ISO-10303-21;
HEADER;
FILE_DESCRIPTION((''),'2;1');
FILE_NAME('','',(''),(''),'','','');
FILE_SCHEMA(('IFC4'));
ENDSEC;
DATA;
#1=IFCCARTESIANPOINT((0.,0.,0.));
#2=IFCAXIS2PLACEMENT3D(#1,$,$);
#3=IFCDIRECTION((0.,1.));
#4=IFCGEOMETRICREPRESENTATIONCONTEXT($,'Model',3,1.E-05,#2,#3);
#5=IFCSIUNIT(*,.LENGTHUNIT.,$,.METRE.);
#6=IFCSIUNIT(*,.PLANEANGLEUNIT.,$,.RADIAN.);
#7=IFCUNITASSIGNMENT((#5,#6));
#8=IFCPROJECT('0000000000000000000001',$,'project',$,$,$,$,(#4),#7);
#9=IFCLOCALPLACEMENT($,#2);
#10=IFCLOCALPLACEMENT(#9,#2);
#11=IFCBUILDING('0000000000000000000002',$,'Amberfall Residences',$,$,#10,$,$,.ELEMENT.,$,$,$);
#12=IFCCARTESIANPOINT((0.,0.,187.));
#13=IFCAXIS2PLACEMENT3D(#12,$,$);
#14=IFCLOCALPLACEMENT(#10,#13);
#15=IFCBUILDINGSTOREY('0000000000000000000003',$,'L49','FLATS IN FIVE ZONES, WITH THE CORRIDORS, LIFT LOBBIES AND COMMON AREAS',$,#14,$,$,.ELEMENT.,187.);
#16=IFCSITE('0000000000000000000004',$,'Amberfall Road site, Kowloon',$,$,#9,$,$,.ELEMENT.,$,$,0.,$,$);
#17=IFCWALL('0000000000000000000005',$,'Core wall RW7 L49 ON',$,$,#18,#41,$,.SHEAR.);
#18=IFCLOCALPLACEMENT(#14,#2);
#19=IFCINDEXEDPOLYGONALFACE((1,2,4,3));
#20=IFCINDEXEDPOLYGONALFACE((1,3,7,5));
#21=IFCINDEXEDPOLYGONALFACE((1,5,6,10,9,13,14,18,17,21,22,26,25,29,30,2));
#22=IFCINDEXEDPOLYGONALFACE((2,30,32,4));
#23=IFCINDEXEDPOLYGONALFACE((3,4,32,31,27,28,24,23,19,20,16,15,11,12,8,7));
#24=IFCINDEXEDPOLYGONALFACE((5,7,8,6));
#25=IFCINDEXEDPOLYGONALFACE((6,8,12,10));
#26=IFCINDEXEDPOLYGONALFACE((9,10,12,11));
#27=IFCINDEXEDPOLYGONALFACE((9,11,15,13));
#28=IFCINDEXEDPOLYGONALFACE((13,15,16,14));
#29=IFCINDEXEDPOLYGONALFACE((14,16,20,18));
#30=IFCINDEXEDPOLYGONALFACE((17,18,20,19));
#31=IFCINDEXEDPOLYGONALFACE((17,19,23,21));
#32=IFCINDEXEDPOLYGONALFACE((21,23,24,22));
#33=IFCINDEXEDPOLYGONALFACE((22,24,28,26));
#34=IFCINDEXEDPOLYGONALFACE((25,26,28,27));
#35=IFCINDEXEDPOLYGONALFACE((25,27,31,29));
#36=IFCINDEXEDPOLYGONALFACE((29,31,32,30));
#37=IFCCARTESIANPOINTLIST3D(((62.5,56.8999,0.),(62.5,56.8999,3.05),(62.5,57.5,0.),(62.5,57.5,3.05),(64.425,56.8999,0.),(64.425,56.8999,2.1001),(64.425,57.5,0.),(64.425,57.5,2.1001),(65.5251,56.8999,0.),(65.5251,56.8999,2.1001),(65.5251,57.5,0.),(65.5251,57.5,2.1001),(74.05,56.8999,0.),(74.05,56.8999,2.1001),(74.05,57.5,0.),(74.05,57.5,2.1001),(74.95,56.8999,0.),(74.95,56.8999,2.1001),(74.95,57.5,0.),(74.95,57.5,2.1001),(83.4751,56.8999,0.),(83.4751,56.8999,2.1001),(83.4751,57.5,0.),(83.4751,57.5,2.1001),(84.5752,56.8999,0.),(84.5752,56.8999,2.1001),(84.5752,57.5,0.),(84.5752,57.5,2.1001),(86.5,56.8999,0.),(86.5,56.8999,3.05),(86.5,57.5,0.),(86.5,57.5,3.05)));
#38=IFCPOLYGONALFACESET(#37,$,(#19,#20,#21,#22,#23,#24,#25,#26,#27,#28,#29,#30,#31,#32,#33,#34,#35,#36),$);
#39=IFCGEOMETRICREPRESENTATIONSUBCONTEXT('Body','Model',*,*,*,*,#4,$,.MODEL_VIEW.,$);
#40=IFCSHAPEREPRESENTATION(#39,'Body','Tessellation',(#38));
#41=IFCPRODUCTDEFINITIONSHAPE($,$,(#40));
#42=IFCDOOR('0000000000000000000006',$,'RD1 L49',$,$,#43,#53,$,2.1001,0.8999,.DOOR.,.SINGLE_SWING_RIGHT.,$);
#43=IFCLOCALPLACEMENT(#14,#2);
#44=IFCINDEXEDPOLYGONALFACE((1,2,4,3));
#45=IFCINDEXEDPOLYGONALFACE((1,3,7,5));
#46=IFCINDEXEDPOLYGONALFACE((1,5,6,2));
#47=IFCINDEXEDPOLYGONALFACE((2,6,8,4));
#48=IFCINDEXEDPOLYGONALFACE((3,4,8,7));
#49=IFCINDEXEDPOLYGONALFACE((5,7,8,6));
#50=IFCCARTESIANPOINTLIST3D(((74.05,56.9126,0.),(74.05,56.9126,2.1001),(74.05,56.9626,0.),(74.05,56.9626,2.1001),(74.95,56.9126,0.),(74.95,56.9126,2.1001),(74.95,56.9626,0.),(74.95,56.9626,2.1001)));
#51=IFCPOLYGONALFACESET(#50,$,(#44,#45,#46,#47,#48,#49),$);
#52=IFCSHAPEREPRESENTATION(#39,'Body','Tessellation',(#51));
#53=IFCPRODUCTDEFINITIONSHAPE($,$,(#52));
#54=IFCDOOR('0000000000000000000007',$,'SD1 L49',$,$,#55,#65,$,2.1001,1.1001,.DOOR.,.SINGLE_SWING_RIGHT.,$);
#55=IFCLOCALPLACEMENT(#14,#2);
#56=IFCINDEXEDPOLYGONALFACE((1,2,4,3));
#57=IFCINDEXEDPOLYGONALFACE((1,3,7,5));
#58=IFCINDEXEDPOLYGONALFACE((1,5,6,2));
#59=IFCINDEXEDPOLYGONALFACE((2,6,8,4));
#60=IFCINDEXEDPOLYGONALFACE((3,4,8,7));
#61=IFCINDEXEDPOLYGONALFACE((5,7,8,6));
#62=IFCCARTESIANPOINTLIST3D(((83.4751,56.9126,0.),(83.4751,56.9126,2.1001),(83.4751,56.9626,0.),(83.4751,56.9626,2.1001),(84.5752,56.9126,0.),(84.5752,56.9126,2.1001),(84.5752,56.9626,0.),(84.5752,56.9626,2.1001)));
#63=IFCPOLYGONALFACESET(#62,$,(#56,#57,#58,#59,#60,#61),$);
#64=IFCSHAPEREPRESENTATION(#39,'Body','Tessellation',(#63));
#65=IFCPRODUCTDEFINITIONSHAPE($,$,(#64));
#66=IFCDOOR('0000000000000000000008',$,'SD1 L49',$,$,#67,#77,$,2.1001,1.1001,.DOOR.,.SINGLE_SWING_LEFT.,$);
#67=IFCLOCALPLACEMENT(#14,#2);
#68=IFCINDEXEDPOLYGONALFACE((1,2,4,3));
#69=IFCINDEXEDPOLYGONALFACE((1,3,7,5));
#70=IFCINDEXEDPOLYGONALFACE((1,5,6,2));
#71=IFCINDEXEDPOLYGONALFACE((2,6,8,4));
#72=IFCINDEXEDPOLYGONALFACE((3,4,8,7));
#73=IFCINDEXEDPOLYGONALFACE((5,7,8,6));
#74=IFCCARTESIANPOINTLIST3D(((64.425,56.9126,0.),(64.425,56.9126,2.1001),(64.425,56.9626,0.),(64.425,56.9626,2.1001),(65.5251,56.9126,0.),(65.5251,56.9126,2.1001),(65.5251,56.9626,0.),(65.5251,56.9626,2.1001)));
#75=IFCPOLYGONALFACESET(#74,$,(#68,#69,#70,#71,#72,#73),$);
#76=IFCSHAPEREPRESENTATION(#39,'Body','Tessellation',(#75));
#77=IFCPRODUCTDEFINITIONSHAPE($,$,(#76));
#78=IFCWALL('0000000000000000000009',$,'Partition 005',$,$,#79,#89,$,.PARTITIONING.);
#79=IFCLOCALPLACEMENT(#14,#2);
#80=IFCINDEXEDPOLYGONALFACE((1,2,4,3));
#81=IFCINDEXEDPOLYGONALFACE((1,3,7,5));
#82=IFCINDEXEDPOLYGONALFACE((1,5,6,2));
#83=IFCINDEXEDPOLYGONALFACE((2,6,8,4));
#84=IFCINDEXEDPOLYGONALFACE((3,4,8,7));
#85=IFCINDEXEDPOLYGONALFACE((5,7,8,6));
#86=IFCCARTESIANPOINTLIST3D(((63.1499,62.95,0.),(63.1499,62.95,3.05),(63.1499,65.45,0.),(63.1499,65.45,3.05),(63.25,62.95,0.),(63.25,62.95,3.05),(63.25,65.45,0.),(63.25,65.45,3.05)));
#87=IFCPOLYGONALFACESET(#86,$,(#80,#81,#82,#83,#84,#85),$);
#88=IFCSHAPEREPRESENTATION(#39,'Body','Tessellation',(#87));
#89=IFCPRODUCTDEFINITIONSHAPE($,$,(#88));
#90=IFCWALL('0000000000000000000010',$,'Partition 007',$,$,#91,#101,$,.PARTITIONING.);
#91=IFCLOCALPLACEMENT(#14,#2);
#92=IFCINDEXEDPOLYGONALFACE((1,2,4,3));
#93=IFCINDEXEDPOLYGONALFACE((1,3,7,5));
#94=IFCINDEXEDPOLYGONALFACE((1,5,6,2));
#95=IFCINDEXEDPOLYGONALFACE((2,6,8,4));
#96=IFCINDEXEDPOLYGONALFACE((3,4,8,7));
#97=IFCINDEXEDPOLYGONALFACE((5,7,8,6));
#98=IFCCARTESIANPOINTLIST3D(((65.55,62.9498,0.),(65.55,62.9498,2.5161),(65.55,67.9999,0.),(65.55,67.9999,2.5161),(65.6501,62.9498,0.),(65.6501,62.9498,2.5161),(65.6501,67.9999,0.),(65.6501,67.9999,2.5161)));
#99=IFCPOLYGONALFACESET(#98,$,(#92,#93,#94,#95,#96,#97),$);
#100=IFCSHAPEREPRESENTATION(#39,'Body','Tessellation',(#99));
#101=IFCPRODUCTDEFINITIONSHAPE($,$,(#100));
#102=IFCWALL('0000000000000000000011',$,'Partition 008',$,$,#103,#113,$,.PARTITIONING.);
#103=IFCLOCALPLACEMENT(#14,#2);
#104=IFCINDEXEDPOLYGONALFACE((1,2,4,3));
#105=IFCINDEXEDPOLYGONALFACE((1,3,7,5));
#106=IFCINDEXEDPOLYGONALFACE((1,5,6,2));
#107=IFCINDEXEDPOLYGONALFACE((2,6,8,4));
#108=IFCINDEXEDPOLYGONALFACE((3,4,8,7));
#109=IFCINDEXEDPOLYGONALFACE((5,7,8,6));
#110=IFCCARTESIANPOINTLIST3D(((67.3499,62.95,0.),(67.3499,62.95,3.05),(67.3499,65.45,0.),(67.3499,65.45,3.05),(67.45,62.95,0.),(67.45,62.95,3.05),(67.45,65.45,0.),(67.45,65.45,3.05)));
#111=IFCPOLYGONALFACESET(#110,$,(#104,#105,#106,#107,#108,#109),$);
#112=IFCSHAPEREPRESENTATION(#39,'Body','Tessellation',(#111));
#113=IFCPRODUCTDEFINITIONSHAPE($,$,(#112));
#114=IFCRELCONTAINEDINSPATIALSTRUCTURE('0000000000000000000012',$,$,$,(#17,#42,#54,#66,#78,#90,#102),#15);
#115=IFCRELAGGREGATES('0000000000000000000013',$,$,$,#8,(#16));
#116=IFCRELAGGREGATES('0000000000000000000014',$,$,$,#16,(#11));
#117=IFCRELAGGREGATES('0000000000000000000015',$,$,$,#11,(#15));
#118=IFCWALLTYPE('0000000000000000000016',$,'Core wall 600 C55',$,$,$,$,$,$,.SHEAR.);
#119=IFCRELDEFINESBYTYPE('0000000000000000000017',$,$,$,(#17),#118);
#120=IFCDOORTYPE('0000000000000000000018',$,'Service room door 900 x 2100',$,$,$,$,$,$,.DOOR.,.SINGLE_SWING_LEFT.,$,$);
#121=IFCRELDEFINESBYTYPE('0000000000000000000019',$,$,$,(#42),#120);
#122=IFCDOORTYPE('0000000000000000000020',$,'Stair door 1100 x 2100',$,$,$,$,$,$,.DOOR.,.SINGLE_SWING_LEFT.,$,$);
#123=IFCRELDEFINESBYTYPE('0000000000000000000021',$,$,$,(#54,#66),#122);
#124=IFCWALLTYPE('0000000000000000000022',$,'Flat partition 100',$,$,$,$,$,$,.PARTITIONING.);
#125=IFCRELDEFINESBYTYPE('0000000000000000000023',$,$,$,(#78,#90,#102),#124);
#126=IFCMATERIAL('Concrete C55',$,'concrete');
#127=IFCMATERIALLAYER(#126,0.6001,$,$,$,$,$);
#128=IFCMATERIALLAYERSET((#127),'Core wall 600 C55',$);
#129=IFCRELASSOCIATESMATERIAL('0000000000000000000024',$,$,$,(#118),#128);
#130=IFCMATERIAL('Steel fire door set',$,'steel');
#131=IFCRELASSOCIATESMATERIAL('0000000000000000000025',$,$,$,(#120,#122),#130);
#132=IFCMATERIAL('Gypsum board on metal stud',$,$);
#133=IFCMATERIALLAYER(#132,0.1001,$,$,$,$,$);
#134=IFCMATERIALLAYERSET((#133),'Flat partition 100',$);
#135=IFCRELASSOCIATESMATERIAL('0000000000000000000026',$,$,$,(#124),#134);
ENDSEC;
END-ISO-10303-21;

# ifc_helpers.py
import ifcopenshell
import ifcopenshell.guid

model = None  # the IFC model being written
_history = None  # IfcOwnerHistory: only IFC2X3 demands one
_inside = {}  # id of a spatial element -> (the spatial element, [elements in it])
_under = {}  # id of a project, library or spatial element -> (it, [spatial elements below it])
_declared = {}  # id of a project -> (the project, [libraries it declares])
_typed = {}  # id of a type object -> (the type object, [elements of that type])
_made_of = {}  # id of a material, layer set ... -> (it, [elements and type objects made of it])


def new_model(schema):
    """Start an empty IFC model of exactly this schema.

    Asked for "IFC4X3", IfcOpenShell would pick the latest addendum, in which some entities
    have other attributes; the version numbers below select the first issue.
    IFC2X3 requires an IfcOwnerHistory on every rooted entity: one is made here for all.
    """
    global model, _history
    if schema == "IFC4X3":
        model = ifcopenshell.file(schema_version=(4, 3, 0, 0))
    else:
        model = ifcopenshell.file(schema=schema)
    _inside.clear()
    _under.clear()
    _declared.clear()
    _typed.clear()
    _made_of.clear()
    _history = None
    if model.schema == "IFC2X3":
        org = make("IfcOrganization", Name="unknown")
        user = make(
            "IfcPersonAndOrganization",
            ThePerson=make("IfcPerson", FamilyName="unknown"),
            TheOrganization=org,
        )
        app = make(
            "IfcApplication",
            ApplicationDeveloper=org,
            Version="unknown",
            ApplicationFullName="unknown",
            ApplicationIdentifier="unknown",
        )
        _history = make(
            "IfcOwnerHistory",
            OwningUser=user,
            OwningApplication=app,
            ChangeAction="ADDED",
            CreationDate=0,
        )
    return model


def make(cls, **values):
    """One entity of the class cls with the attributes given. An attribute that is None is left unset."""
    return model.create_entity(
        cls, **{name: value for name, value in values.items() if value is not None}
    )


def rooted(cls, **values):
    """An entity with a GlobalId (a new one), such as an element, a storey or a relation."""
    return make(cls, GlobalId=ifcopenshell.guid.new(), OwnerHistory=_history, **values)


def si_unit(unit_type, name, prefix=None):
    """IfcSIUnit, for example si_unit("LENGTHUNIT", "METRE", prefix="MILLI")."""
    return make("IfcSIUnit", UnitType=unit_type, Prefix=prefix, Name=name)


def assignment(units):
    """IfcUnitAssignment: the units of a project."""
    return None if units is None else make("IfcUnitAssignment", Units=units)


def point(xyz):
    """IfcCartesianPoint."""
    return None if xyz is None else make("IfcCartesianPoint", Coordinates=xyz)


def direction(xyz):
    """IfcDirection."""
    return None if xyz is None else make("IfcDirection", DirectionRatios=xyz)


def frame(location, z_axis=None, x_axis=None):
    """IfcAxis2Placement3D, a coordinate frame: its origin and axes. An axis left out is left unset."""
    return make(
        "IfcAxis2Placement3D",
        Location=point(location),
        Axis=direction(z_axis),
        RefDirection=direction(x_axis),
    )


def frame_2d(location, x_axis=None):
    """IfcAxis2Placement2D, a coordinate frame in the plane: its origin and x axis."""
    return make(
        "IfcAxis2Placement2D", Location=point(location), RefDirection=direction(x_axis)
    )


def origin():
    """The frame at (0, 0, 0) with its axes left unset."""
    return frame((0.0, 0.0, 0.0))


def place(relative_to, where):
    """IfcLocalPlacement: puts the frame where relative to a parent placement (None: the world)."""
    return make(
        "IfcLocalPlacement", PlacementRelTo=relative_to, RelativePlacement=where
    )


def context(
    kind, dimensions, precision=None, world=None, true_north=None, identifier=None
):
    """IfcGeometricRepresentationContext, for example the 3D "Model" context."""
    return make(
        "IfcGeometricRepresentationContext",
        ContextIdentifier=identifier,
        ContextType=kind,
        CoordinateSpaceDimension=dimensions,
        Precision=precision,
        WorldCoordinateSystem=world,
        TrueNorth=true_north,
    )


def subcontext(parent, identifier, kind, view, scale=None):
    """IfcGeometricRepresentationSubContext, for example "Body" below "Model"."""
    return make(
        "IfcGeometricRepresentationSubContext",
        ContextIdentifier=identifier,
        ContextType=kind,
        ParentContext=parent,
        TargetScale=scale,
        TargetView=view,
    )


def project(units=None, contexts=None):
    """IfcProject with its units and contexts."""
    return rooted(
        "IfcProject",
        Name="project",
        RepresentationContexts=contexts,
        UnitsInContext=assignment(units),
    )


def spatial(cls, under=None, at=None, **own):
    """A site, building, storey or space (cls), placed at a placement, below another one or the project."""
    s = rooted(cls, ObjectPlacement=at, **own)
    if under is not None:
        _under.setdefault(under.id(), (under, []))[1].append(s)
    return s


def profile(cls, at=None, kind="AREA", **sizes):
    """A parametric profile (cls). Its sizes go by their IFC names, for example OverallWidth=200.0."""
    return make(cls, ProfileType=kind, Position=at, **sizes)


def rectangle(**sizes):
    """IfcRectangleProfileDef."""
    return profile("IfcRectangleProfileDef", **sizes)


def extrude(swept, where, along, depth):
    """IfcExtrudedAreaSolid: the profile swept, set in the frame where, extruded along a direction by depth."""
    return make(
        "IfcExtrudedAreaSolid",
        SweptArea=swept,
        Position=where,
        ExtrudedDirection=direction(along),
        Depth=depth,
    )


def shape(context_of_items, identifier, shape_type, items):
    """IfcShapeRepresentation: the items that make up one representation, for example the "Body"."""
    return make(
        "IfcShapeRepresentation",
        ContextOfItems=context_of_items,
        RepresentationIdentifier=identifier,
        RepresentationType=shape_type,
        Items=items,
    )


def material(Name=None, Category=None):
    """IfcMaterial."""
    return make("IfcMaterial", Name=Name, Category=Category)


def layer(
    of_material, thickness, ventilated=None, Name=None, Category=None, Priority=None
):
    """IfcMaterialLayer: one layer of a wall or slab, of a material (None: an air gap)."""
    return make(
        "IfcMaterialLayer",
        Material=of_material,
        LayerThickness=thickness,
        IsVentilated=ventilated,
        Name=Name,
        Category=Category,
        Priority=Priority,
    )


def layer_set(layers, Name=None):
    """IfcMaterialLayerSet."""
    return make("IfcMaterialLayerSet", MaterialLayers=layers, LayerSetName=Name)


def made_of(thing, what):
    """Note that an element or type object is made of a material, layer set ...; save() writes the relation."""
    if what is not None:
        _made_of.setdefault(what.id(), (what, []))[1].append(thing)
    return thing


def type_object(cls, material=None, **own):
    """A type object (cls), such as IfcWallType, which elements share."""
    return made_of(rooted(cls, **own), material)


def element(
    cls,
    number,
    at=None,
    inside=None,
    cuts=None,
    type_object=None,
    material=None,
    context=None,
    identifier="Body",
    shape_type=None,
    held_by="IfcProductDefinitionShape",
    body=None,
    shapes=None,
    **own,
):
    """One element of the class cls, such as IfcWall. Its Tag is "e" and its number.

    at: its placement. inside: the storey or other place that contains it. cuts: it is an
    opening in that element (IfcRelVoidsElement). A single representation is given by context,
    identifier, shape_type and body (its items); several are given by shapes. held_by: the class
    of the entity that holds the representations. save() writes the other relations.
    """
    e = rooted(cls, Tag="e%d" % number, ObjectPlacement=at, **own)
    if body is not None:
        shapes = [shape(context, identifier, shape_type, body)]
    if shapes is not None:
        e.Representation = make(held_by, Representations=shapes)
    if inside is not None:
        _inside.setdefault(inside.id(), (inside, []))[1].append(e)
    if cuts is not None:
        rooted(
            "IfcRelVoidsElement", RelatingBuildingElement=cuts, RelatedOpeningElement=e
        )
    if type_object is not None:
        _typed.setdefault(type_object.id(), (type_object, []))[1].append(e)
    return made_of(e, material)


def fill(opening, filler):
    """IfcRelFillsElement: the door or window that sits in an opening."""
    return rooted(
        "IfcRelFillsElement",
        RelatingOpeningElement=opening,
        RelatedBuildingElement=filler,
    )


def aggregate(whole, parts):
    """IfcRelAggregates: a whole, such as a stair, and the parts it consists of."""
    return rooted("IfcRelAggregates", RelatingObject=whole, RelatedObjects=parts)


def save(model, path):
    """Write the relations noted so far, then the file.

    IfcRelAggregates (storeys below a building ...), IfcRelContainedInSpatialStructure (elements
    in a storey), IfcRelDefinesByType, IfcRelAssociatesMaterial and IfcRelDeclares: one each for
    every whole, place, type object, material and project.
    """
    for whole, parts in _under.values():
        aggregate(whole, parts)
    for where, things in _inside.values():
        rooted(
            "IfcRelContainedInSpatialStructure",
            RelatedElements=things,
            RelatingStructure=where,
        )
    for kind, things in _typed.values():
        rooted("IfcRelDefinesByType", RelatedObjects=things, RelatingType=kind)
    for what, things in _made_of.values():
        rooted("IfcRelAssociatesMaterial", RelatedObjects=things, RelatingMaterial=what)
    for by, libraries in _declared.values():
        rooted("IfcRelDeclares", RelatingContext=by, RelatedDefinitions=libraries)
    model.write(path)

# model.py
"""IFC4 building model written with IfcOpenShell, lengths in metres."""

from ifc_helpers import new_model, si_unit, direction, frame, frame_2d, origin, place, context, subcontext, project, spatial, rectangle, extrude, material, layer, layer_set, type_object, element, fill, save


model = new_model("IFC4")

# Units and contexts
model_context = context("Model", 3, precision=1e-05, world=origin(), true_north=direction((0.0, 1.0)))
body_context = subcontext(model_context, "Body", "Model", "MODEL_VIEW")
ifc_project = project(units=[si_unit("LENGTHUNIT", "METRE"), si_unit("PLANEANGLEUNIT", "RADIAN")], contexts=[model_context])

# Site, building, storey
site_placement = place(None, origin())
site = spatial("IfcSite", under=ifc_project, at=site_placement, Name="Amberfall Road site, Kowloon", CompositionType="ELEMENT", RefElevation=0.0)
building_placement = place(site_placement, origin())
building = spatial("IfcBuilding", under=site, at=building_placement, Name="Amberfall Residences", CompositionType="ELEMENT")
storey_placement = place(building_placement, frame((0.0, 0.0, 187.0)))
storey = spatial("IfcBuildingStorey", under=building, at=storey_placement, Name="L49", Description="FLATS IN FIVE ZONES, WITH THE CORRIDORS, LIFT LOBBIES AND COMMON AREAS", CompositionType="ELEMENT", Elevation=187.0)

# Wall, openings, doors
ifc_material_1 = material(Name="Concrete C55", Category="concrete")
ifc_layer_1 = layer(ifc_material_1, 0.6001)
ifc_layer_set_1 = layer_set([ifc_layer_1], Name="Core wall 600 C55")
wall_type_1 = type_object("IfcWallType", Name="Core wall 600 C55", PredefinedType="SHEAR", material=ifc_layer_set_1)
wall_1_placement = place(storey_placement, frame((62.5, 57.2, 0.0), z_axis=(0.0, 0.0, 1.0), x_axis=(1.0, 0.0, 0.0)))
wall_1 = element("IfcWall", 1, at=wall_1_placement, inside=storey, type_object=wall_type_1, Name="Core wall RW7 L49 ON", PredefinedType="SHEAR", context=body_context, shape_type="SweptSolid", body=[
    extrude(rectangle(XDim=24.0, YDim=0.6001, at=frame_2d((12.0, 0.0))), origin(), (0.0, 0.0, 1.0), 3.05),
])
opening_1_placement = place(wall_1_placement, frame((20.9751, 0.0, 0.0)))
opening_1 = element("IfcOpeningElement", 2, at=opening_1_placement, cuts=wall_1, PredefinedType="OPENING", context=body_context, shape_type="SweptSolid", body=[
    extrude(rectangle(XDim=1.1001, YDim=2.1001, at=frame_2d((0.55, 1.05))), frame((0.0, 0.3101, 0.0), z_axis=(0.0, -1.0, 0.0), x_axis=(1.0, 0.0, 0.0)), (0.0, 0.0, 1.0), 0.6201),
])
opening_2_placement = place(wall_1_placement, frame((1.925, 0.0, 0.0)))
opening_2 = element("IfcOpeningElement", 3, at=opening_2_placement, cuts=wall_1, PredefinedType="OPENING", context=body_context, shape_type="SweptSolid", body=[
    extrude(rectangle(XDim=1.1001, YDim=2.1001, at=frame_2d((0.55, 1.05))), frame((0.0, 0.3101, 0.0), z_axis=(0.0, -1.0, 0.0), x_axis=(1.0, 0.0, 0.0)), (0.0, 0.0, 1.0), 0.6201),
])
opening_3_placement = place(wall_1_placement, frame((11.55, 0.0, 0.0)))
opening_3 = element("IfcOpeningElement", 4, at=opening_3_placement, cuts=wall_1, PredefinedType="OPENING", context=body_context, shape_type="SweptSolid", body=[
    extrude(rectangle(XDim=0.8999, YDim=2.1001, at=frame_2d((0.45, 1.05))), frame((0.0, 0.3101, 0.0), z_axis=(0.0, -1.0, 0.0), x_axis=(1.0, 0.0, 0.0)), (0.0, 0.0, 1.0), 0.6201),
])
ifc_material_2 = material(Name="Steel fire door set", Category="steel")
door_type_1 = type_object("IfcDoorType", Name="Service room door 900 x 2100", OperationType="SINGLE_SWING_LEFT", PredefinedType="DOOR", material=ifc_material_2)
door_1_placement = place(opening_3_placement, origin())
door_1 = element("IfcDoor", 5, at=door_1_placement, inside=storey, type_object=door_type_1, Name="RD1 L49", OperationType="SINGLE_SWING_RIGHT", OverallHeight=2.1001, OverallWidth=0.8999, PredefinedType="DOOR", context=body_context, shape_type="SweptSolid", body=[
    extrude(rectangle(XDim=0.8999, YDim=2.1001, at=frame_2d((0.45, 1.05))), frame((0.0, -0.2373, 0.0), z_axis=(0.0, -1.0, 0.0), x_axis=(1.0, 0.0, 0.0)), (0.0, 0.0, 1.0), 0.05),
])
fill(opening_3, door_1)
door_type_2 = type_object("IfcDoorType", Name="Stair door 1100 x 2100", OperationType="SINGLE_SWING_LEFT", PredefinedType="DOOR", material=ifc_material_2)
door_2_placement = place(opening_1_placement, origin())
door_2 = element("IfcDoor", 6, at=door_2_placement, inside=storey, type_object=door_type_2, Name="SD1 L49", OperationType="SINGLE_SWING_RIGHT", OverallHeight=2.1001, OverallWidth=1.1001, PredefinedType="DOOR", context=body_context, shape_type="SweptSolid", body=[
    extrude(rectangle(XDim=1.1001, YDim=2.1001, at=frame_2d((0.55, 1.05))), frame((0.0, -0.2373, 0.0), z_axis=(0.0, -1.0, 0.0), x_axis=(1.0, 0.0, 0.0)), (0.0, 0.0, 1.0), 0.05),
])
fill(opening_1, door_2)
door_3_placement = place(opening_2_placement, origin())
door_3 = element("IfcDoor", 7, at=door_3_placement, inside=storey, type_object=door_type_2, Name="SD1 L49", OperationType="SINGLE_SWING_LEFT", OverallHeight=2.1001, OverallWidth=1.1001, PredefinedType="DOOR", context=body_context, shape_type="SweptSolid", body=[
    extrude(rectangle(XDim=1.1001, YDim=2.1001, at=frame_2d((0.55, 1.05))), frame((0.0, -0.2373, 0.0), z_axis=(0.0, -1.0, 0.0), x_axis=(1.0, 0.0, 0.0)), (0.0, 0.0, 1.0), 0.05),
])
fill(opening_2, door_3)

# Walls
ifc_material_3 = material(Name="Gypsum board on metal stud")
ifc_layer_2 = layer(ifc_material_3, 0.1001)
ifc_layer_set_2 = layer_set([ifc_layer_2], Name="Flat partition 100")
wall_type_2 = type_object("IfcWallType", Name="Flat partition 100", PredefinedType="PARTITIONING", material=ifc_layer_set_2)
wall_2_placement = place(storey_placement, frame((63.2, 62.95, 0.0), z_axis=(0.0, 0.0, 1.0), x_axis=(0.0, 1.0, 0.0)))
element("IfcWall", 8, at=wall_2_placement, inside=storey, type_object=wall_type_2, Name="Partition 005", PredefinedType="PARTITIONING", context=body_context, shape_type="SweptSolid", body=[
    extrude(rectangle(XDim=2.5, YDim=0.1001, at=frame_2d((1.25, 0.0))), origin(), (0.0, 0.0, 1.0), 3.05),
])
wall_3_placement = place(storey_placement, frame((65.6001, 62.95, 0.0), z_axis=(0.0, 0.0, 1.0), x_axis=(0.0, 1.0, 0.0)))
element("IfcWall", 9, at=wall_3_placement, inside=storey, type_object=wall_type_2, Name="Partition 007", PredefinedType="PARTITIONING", context=body_context, shape_type="SweptSolid", body=[
    extrude(rectangle(XDim=5.05, YDim=0.1001, at=frame_2d((2.5249, 0.0))), origin(), (0.0, 0.0, 1.0), 2.5161),
])
wall_4_placement = place(storey_placement, frame((67.3999, 62.95, 0.0), z_axis=(0.0, 0.0, 1.0), x_axis=(0.0, 1.0, 0.0)))
element("IfcWall", 10, at=wall_4_placement, inside=storey, type_object=wall_type_2, Name="Partition 008", PredefinedType="PARTITIONING", context=body_context, shape_type="SweptSolid", body=[
    extrude(rectangle(XDim=2.5, YDim=0.1001, at=frame_2d((1.25, 0.0))), origin(), (0.0, 0.0, 1.0), 3.05),
])

save(model, "model.ifc")
